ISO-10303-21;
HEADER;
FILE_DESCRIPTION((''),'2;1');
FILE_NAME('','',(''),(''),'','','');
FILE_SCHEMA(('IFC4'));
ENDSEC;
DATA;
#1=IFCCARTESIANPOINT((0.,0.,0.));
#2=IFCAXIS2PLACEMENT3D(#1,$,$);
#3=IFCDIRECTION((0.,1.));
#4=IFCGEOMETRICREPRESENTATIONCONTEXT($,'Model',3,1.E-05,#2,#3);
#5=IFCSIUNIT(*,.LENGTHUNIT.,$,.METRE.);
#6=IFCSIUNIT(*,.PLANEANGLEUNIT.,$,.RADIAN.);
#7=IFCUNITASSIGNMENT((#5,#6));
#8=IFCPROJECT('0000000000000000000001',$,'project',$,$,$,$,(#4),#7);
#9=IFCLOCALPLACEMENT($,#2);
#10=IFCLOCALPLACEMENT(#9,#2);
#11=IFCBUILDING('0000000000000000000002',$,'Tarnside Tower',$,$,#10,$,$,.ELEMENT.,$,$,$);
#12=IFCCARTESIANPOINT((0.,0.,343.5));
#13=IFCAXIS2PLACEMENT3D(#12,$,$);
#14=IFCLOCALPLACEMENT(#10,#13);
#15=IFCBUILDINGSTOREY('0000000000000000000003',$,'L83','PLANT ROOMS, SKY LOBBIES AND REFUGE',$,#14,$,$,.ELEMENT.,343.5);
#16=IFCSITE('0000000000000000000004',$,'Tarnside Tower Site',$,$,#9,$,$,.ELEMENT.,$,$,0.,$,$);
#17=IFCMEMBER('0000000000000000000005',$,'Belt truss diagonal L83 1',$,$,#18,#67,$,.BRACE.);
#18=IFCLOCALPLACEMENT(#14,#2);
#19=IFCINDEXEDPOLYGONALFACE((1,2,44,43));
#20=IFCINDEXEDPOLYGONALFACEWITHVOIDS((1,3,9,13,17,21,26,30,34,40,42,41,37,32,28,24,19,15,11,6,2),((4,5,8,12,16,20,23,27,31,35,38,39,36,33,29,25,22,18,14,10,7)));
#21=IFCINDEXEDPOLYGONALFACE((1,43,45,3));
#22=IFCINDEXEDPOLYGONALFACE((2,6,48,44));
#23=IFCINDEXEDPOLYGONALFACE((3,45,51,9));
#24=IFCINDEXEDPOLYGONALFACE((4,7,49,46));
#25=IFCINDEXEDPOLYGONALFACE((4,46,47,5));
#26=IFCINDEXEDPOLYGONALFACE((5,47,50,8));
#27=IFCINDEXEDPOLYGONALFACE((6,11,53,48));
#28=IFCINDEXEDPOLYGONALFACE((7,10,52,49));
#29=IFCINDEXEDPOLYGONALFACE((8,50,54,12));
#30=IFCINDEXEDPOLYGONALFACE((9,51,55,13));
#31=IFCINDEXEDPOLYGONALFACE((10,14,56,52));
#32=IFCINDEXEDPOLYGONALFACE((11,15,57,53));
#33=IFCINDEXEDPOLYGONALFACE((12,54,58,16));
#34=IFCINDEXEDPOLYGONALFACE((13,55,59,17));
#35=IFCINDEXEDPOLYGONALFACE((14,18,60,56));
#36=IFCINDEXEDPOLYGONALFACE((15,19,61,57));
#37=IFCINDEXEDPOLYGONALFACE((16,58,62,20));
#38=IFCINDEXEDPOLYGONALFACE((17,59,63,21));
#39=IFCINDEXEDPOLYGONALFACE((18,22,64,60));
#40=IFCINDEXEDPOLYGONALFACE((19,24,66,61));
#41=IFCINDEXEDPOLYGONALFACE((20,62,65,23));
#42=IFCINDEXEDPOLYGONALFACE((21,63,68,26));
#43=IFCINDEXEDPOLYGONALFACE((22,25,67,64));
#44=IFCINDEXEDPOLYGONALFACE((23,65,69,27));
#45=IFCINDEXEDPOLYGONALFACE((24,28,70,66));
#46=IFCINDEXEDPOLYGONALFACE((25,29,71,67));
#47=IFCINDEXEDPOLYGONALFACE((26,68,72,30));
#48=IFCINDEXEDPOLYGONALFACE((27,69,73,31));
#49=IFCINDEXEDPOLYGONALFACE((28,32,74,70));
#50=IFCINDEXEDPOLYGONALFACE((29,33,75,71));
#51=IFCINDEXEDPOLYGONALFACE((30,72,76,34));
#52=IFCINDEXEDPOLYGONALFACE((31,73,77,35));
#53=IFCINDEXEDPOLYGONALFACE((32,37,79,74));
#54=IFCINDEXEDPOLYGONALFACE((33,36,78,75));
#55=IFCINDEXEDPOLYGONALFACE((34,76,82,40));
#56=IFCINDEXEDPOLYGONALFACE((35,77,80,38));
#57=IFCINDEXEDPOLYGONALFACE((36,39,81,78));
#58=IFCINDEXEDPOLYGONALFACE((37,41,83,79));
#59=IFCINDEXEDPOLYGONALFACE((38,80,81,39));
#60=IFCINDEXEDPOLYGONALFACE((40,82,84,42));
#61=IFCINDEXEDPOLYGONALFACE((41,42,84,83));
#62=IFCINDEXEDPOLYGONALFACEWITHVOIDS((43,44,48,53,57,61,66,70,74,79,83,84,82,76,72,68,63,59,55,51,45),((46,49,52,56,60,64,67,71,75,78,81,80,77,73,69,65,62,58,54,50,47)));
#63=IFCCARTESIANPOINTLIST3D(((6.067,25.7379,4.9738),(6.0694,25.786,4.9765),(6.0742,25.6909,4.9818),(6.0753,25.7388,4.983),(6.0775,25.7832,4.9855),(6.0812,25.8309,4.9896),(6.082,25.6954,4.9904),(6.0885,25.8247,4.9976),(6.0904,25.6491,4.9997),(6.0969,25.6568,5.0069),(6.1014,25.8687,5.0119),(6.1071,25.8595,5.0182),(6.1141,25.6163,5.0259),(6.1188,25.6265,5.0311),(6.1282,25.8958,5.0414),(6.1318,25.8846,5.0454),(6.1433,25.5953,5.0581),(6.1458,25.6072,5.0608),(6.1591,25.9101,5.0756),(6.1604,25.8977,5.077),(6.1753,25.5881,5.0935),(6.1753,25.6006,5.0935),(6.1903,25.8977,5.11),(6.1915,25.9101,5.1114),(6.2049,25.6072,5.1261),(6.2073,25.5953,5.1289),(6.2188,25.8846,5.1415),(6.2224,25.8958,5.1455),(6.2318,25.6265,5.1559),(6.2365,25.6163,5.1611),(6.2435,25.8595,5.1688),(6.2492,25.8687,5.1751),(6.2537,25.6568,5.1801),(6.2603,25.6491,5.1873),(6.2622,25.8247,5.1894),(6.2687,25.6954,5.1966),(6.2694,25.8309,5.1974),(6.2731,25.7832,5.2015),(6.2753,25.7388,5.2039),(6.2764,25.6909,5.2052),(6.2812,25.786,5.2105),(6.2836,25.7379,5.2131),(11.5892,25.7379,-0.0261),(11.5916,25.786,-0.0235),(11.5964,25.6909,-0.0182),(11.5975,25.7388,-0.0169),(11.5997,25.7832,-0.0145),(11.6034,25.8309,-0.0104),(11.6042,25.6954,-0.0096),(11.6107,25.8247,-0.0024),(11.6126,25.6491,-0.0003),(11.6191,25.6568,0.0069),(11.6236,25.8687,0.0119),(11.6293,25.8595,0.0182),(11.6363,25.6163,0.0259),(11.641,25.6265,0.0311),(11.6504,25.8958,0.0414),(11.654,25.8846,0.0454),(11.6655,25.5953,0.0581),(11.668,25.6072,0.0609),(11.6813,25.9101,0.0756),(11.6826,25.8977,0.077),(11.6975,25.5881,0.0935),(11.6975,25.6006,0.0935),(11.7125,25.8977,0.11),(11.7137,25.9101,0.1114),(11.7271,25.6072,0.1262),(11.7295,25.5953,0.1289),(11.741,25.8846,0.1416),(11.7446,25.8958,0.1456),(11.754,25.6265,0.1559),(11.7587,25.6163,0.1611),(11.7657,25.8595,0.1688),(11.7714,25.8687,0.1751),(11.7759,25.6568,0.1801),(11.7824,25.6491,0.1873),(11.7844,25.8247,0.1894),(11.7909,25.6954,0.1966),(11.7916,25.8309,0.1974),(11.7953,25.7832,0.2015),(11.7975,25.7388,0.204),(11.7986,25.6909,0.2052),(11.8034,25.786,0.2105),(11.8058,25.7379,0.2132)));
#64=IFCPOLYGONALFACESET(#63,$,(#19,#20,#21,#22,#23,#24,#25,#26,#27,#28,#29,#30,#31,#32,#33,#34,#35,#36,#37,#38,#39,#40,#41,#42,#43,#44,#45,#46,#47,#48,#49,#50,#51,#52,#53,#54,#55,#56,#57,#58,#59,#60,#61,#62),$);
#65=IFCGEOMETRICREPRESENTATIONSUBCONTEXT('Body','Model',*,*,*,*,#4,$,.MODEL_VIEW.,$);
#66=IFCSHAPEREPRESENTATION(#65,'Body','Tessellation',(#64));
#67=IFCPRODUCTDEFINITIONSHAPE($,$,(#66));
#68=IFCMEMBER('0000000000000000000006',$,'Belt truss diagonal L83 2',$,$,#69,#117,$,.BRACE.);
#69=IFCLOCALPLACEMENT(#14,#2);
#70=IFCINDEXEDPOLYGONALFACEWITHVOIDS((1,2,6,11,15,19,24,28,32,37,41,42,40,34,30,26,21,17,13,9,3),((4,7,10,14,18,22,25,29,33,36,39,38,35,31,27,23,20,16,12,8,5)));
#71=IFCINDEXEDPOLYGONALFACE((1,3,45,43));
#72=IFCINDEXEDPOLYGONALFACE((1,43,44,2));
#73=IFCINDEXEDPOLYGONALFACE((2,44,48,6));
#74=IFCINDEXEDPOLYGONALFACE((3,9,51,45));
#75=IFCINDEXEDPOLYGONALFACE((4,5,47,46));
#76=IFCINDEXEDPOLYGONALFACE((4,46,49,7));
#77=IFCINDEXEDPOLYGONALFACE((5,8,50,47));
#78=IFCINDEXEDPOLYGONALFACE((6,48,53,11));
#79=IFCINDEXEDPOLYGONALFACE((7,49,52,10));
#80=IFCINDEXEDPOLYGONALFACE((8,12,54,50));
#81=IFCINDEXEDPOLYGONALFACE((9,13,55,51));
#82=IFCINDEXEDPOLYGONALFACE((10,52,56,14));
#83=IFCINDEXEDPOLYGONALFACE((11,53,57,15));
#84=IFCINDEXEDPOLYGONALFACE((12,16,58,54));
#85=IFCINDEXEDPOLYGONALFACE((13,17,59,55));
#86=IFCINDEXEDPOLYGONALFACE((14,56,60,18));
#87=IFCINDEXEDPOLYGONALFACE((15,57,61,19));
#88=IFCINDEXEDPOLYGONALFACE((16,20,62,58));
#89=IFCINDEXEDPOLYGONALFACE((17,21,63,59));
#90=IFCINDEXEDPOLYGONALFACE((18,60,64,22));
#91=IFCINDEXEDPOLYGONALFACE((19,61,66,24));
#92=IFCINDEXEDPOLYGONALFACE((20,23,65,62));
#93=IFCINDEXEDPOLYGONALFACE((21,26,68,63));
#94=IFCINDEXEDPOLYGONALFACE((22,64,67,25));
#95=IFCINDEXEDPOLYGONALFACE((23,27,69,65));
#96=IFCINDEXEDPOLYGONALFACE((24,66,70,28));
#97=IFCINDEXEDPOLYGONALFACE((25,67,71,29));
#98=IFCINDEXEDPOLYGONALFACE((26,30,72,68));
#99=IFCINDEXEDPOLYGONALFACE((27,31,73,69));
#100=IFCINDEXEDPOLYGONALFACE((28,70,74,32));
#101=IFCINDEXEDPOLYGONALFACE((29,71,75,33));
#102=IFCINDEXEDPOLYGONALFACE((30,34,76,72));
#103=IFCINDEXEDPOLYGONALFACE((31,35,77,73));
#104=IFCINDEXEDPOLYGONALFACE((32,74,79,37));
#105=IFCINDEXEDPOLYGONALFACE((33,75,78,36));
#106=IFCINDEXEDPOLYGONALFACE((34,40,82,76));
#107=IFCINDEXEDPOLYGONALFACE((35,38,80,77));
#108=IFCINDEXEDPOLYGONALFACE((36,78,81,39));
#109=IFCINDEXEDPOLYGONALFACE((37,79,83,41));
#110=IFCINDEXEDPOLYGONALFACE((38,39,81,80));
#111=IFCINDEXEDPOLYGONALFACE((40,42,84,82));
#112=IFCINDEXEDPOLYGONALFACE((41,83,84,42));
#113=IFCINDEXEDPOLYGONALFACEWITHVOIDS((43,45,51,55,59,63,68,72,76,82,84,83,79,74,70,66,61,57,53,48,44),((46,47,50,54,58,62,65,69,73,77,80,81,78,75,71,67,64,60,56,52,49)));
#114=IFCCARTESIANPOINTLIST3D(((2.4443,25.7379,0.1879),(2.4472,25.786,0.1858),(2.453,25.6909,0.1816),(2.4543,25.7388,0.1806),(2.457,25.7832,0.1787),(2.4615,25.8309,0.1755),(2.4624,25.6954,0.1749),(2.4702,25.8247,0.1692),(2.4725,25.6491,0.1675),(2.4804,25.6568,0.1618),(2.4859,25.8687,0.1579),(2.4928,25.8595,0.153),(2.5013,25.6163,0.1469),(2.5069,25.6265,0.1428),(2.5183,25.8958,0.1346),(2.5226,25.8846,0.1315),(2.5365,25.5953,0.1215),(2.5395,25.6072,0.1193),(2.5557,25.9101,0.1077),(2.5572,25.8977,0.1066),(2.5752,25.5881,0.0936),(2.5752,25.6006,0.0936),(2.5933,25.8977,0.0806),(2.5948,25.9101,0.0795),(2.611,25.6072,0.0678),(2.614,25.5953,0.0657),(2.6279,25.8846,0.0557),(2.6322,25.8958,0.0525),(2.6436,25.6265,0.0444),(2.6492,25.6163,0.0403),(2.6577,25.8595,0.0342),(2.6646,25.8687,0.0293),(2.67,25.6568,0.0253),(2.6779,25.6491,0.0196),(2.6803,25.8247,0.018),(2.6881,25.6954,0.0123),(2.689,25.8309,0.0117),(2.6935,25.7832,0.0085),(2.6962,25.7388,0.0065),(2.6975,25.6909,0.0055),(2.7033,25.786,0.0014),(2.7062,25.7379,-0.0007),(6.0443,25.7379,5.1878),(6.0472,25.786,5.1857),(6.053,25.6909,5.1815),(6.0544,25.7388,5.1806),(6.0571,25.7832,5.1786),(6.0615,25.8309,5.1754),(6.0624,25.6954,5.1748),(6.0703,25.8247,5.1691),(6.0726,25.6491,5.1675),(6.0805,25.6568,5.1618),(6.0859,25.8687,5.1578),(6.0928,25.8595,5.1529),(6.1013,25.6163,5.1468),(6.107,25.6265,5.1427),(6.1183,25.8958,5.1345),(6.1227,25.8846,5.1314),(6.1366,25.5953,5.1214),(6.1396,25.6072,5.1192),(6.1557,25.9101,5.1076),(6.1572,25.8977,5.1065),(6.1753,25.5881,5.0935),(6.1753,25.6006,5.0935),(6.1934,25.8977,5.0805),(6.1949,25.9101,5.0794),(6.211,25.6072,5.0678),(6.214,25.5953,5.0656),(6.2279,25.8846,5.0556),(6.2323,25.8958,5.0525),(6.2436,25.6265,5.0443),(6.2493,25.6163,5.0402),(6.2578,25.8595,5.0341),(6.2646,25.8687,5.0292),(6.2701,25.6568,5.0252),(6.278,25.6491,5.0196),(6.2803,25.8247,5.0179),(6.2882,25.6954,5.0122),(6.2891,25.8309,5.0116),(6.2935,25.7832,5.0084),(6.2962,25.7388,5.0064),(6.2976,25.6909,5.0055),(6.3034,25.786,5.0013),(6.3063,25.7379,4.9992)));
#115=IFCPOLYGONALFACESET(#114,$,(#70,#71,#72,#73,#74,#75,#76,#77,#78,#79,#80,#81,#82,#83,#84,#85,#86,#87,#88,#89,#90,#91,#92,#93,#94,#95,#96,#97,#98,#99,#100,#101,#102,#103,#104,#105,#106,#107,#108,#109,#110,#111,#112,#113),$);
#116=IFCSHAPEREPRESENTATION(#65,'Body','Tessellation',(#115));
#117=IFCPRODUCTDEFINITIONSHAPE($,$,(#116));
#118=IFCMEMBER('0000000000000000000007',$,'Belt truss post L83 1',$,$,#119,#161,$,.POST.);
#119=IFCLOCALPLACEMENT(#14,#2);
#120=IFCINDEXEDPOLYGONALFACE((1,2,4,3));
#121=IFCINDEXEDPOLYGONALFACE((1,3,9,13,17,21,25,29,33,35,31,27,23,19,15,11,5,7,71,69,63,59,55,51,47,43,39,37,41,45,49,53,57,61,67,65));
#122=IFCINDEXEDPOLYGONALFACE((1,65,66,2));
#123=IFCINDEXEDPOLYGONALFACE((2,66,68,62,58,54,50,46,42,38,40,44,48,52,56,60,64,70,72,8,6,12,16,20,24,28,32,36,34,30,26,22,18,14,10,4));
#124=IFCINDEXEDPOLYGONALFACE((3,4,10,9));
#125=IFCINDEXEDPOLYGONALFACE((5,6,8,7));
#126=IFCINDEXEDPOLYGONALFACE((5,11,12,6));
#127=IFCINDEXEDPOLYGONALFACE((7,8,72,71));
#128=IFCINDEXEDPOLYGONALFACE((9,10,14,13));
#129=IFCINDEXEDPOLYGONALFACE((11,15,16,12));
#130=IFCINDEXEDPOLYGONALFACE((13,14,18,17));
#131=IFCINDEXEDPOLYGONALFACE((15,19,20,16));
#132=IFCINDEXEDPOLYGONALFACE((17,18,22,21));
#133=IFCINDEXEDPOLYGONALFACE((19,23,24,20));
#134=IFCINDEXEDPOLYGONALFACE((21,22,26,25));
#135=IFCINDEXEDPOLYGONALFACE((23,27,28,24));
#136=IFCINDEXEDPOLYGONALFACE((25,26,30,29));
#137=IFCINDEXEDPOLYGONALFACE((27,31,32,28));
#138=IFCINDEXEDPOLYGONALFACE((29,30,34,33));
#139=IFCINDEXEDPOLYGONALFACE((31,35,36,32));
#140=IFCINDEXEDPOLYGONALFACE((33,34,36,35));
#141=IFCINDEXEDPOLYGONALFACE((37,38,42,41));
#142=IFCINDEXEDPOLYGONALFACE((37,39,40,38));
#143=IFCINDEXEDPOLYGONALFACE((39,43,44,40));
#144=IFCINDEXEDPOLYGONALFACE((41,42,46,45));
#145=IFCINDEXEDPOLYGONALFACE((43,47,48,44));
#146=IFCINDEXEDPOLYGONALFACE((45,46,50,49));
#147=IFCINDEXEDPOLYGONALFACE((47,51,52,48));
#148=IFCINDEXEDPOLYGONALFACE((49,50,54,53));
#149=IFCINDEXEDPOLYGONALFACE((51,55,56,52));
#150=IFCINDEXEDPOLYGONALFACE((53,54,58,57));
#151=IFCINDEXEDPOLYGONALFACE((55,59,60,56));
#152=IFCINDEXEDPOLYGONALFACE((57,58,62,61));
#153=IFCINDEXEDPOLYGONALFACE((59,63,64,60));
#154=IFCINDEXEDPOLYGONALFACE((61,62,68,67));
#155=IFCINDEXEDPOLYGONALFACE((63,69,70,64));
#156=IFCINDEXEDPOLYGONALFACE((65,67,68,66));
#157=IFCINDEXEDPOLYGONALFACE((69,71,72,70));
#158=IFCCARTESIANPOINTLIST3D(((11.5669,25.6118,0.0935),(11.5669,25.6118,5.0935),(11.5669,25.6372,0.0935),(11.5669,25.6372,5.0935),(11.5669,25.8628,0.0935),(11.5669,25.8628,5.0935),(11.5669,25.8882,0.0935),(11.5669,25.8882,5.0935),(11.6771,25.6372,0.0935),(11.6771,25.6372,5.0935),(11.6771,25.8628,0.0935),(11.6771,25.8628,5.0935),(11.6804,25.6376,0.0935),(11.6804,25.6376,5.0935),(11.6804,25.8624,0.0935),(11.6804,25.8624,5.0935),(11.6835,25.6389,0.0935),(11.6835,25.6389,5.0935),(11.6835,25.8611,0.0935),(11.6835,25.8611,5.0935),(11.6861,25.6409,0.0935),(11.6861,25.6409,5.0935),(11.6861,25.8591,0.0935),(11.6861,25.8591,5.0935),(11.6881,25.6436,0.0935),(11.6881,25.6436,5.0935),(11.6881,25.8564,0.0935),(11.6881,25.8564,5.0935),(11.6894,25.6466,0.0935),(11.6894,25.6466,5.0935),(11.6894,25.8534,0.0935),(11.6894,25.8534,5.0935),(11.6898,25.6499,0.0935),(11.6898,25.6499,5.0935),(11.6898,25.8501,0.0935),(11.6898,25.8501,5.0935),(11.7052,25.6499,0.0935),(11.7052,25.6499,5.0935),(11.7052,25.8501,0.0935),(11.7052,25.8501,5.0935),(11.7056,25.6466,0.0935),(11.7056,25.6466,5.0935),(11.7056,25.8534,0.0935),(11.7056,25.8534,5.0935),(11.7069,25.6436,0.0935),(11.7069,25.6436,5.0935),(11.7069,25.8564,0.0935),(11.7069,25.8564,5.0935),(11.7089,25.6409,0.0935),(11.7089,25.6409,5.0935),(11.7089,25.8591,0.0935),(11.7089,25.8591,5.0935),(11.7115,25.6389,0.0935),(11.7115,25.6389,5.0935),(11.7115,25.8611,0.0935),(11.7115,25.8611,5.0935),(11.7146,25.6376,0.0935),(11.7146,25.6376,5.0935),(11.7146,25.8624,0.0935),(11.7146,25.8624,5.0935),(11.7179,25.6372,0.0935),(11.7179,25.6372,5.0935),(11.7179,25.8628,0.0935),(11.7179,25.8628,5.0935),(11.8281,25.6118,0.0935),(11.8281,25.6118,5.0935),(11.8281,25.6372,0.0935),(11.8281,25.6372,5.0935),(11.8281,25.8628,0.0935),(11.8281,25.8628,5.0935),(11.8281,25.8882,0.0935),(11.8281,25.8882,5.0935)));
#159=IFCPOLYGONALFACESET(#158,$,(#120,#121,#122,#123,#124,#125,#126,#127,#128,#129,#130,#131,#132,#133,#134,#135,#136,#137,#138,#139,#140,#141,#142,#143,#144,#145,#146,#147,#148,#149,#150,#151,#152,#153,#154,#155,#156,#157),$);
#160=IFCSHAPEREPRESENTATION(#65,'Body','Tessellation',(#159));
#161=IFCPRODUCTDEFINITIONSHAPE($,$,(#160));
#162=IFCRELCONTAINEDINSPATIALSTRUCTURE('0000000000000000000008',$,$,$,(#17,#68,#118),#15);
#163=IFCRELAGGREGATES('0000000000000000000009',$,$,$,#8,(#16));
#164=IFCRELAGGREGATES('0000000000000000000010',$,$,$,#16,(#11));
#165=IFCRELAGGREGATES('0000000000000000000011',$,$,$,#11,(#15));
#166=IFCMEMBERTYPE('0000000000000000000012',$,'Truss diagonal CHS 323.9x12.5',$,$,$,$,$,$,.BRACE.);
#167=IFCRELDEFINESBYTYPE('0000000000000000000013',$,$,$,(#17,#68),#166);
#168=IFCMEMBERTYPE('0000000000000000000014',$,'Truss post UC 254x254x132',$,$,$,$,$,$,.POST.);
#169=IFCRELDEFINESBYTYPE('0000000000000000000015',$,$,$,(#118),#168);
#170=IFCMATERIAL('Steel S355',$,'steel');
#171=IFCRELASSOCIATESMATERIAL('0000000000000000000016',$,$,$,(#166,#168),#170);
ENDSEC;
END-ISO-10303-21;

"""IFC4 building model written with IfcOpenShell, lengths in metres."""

from ifc_helpers import new_model, si_unit, direction, frame, origin, origin_2d, place, context, subcontext, project, spatial, hollow_circle, i_section, extrude, material, material_profile, profile_set, type_object, element, save


model = new_model("IFC4")

# Units and contexts
model_context = context("Model", 3, precision=1e-05, world=origin(), true_north=direction((0.0, 1.0)))
body_context = subcontext(model_context, "Body", "Model", "MODEL_VIEW")
ifc_project = project(units=[si_unit("LENGTHUNIT", "METRE"), si_unit("PLANEANGLEUNIT", "RADIAN")], contexts=[model_context])

# Site, building, storey
site_placement = place(None, origin())
site = spatial("IfcSite", under=ifc_project, at=site_placement, Name="Tarnside Tower Site", CompositionType="ELEMENT", RefElevation=0.0)
building_placement = place(site_placement, origin())
building = spatial("IfcBuilding", under=site, at=building_placement, Name="Tarnside Tower", CompositionType="ELEMENT")
storey_placement = place(building_placement, frame((0.0, 0.0, 343.5)))
storey = spatial("IfcBuildingStorey", under=building, at=storey_placement, Name="L83", Description="PLANT ROOMS, SKY LOBBIES AND REFUGE", CompositionType="ELEMENT", Elevation=343.5)

# Shared definitions
ifc_material_1 = material(Name="Steel S355", Category="steel")

# Members
ifc_material_profile_1 = material_profile(ifc_material_1, hollow_circle(Radius=0.1619, WallThickness=0.0125, at=origin_2d()), Name="CHS 323.9x12.5")
ifc_profile_set_1 = profile_set([ifc_material_profile_1], Name="Steel S355")
member_type_1 = type_object("IfcMemberType", Name="Truss diagonal CHS 323.9x12.5", PredefinedType="BRACE", material=ifc_profile_set_1)
member_1_placement = place(storey_placement, frame((11.6975, 25.75, 0.0935), z_axis=(-0.741288, 0.0, 0.671187), x_axis=(0.0, -1.0, 0.0)))
element("IfcMember", 1, at=member_1_placement, inside=storey, type_object=member_type_1, Name="Belt truss diagonal L83 1", PredefinedType="BRACE", context=body_context, shape_type="SweptSolid", body=[
    extrude(hollow_circle(Radius=0.1619, WallThickness=0.0125, at=origin_2d()), origin(), (0.0, 0.0, 1.0), 7.4495),
])
member_2_placement = place(storey_placement, frame((6.1753, 25.75, 5.0935), z_axis=(-0.584315, 0.0, -0.811527), x_axis=(0.0, -1.0, 0.0)))
element("IfcMember", 2, at=member_2_placement, inside=storey, type_object=member_type_1, Name="Belt truss diagonal L83 2", PredefinedType="BRACE", context=body_context, shape_type="SweptSolid", body=[
    extrude(hollow_circle(Radius=0.1619, WallThickness=0.0125, at=origin_2d()), origin(), (0.0, 0.0, 1.0), 6.1611),
])
ifc_material_profile_2 = material_profile(ifc_material_1, i_section(OverallWidth=0.2612, OverallDepth=0.2764, WebThickness=0.0154, FlangeThickness=0.0254, FilletRadius=0.0127, at=origin_2d()), Name="UC 254x254x132")
ifc_profile_set_2 = profile_set([ifc_material_profile_2], Name="Steel S355")
member_type_2 = type_object("IfcMemberType", Name="Truss post UC 254x254x132", PredefinedType="POST", material=ifc_profile_set_2)
for number, where, z_axis, x_axis, name in (
    (3, (11.6975, 25.75, 0.0935), (0.0, 0.0, 1.0), (-1.0, 0.0, 0.0), "Belt truss post L83 1"),
):
    element("IfcMember", number, at=place(storey_placement, frame(where, z_axis=z_axis, x_axis=x_axis)), inside=storey, type_object=member_type_2, Name=name, PredefinedType="POST", context=body_context, shape_type="SweptSolid", body=[
        extrude(i_section(OverallWidth=0.2612, OverallDepth=0.2764, WebThickness=0.0154, FlangeThickness=0.0254, FilletRadius=0.0127, at=origin_2d()), origin(), (0.0, 0.0, 1.0), 5.0),
    ])

save(model, "model.ifc")
